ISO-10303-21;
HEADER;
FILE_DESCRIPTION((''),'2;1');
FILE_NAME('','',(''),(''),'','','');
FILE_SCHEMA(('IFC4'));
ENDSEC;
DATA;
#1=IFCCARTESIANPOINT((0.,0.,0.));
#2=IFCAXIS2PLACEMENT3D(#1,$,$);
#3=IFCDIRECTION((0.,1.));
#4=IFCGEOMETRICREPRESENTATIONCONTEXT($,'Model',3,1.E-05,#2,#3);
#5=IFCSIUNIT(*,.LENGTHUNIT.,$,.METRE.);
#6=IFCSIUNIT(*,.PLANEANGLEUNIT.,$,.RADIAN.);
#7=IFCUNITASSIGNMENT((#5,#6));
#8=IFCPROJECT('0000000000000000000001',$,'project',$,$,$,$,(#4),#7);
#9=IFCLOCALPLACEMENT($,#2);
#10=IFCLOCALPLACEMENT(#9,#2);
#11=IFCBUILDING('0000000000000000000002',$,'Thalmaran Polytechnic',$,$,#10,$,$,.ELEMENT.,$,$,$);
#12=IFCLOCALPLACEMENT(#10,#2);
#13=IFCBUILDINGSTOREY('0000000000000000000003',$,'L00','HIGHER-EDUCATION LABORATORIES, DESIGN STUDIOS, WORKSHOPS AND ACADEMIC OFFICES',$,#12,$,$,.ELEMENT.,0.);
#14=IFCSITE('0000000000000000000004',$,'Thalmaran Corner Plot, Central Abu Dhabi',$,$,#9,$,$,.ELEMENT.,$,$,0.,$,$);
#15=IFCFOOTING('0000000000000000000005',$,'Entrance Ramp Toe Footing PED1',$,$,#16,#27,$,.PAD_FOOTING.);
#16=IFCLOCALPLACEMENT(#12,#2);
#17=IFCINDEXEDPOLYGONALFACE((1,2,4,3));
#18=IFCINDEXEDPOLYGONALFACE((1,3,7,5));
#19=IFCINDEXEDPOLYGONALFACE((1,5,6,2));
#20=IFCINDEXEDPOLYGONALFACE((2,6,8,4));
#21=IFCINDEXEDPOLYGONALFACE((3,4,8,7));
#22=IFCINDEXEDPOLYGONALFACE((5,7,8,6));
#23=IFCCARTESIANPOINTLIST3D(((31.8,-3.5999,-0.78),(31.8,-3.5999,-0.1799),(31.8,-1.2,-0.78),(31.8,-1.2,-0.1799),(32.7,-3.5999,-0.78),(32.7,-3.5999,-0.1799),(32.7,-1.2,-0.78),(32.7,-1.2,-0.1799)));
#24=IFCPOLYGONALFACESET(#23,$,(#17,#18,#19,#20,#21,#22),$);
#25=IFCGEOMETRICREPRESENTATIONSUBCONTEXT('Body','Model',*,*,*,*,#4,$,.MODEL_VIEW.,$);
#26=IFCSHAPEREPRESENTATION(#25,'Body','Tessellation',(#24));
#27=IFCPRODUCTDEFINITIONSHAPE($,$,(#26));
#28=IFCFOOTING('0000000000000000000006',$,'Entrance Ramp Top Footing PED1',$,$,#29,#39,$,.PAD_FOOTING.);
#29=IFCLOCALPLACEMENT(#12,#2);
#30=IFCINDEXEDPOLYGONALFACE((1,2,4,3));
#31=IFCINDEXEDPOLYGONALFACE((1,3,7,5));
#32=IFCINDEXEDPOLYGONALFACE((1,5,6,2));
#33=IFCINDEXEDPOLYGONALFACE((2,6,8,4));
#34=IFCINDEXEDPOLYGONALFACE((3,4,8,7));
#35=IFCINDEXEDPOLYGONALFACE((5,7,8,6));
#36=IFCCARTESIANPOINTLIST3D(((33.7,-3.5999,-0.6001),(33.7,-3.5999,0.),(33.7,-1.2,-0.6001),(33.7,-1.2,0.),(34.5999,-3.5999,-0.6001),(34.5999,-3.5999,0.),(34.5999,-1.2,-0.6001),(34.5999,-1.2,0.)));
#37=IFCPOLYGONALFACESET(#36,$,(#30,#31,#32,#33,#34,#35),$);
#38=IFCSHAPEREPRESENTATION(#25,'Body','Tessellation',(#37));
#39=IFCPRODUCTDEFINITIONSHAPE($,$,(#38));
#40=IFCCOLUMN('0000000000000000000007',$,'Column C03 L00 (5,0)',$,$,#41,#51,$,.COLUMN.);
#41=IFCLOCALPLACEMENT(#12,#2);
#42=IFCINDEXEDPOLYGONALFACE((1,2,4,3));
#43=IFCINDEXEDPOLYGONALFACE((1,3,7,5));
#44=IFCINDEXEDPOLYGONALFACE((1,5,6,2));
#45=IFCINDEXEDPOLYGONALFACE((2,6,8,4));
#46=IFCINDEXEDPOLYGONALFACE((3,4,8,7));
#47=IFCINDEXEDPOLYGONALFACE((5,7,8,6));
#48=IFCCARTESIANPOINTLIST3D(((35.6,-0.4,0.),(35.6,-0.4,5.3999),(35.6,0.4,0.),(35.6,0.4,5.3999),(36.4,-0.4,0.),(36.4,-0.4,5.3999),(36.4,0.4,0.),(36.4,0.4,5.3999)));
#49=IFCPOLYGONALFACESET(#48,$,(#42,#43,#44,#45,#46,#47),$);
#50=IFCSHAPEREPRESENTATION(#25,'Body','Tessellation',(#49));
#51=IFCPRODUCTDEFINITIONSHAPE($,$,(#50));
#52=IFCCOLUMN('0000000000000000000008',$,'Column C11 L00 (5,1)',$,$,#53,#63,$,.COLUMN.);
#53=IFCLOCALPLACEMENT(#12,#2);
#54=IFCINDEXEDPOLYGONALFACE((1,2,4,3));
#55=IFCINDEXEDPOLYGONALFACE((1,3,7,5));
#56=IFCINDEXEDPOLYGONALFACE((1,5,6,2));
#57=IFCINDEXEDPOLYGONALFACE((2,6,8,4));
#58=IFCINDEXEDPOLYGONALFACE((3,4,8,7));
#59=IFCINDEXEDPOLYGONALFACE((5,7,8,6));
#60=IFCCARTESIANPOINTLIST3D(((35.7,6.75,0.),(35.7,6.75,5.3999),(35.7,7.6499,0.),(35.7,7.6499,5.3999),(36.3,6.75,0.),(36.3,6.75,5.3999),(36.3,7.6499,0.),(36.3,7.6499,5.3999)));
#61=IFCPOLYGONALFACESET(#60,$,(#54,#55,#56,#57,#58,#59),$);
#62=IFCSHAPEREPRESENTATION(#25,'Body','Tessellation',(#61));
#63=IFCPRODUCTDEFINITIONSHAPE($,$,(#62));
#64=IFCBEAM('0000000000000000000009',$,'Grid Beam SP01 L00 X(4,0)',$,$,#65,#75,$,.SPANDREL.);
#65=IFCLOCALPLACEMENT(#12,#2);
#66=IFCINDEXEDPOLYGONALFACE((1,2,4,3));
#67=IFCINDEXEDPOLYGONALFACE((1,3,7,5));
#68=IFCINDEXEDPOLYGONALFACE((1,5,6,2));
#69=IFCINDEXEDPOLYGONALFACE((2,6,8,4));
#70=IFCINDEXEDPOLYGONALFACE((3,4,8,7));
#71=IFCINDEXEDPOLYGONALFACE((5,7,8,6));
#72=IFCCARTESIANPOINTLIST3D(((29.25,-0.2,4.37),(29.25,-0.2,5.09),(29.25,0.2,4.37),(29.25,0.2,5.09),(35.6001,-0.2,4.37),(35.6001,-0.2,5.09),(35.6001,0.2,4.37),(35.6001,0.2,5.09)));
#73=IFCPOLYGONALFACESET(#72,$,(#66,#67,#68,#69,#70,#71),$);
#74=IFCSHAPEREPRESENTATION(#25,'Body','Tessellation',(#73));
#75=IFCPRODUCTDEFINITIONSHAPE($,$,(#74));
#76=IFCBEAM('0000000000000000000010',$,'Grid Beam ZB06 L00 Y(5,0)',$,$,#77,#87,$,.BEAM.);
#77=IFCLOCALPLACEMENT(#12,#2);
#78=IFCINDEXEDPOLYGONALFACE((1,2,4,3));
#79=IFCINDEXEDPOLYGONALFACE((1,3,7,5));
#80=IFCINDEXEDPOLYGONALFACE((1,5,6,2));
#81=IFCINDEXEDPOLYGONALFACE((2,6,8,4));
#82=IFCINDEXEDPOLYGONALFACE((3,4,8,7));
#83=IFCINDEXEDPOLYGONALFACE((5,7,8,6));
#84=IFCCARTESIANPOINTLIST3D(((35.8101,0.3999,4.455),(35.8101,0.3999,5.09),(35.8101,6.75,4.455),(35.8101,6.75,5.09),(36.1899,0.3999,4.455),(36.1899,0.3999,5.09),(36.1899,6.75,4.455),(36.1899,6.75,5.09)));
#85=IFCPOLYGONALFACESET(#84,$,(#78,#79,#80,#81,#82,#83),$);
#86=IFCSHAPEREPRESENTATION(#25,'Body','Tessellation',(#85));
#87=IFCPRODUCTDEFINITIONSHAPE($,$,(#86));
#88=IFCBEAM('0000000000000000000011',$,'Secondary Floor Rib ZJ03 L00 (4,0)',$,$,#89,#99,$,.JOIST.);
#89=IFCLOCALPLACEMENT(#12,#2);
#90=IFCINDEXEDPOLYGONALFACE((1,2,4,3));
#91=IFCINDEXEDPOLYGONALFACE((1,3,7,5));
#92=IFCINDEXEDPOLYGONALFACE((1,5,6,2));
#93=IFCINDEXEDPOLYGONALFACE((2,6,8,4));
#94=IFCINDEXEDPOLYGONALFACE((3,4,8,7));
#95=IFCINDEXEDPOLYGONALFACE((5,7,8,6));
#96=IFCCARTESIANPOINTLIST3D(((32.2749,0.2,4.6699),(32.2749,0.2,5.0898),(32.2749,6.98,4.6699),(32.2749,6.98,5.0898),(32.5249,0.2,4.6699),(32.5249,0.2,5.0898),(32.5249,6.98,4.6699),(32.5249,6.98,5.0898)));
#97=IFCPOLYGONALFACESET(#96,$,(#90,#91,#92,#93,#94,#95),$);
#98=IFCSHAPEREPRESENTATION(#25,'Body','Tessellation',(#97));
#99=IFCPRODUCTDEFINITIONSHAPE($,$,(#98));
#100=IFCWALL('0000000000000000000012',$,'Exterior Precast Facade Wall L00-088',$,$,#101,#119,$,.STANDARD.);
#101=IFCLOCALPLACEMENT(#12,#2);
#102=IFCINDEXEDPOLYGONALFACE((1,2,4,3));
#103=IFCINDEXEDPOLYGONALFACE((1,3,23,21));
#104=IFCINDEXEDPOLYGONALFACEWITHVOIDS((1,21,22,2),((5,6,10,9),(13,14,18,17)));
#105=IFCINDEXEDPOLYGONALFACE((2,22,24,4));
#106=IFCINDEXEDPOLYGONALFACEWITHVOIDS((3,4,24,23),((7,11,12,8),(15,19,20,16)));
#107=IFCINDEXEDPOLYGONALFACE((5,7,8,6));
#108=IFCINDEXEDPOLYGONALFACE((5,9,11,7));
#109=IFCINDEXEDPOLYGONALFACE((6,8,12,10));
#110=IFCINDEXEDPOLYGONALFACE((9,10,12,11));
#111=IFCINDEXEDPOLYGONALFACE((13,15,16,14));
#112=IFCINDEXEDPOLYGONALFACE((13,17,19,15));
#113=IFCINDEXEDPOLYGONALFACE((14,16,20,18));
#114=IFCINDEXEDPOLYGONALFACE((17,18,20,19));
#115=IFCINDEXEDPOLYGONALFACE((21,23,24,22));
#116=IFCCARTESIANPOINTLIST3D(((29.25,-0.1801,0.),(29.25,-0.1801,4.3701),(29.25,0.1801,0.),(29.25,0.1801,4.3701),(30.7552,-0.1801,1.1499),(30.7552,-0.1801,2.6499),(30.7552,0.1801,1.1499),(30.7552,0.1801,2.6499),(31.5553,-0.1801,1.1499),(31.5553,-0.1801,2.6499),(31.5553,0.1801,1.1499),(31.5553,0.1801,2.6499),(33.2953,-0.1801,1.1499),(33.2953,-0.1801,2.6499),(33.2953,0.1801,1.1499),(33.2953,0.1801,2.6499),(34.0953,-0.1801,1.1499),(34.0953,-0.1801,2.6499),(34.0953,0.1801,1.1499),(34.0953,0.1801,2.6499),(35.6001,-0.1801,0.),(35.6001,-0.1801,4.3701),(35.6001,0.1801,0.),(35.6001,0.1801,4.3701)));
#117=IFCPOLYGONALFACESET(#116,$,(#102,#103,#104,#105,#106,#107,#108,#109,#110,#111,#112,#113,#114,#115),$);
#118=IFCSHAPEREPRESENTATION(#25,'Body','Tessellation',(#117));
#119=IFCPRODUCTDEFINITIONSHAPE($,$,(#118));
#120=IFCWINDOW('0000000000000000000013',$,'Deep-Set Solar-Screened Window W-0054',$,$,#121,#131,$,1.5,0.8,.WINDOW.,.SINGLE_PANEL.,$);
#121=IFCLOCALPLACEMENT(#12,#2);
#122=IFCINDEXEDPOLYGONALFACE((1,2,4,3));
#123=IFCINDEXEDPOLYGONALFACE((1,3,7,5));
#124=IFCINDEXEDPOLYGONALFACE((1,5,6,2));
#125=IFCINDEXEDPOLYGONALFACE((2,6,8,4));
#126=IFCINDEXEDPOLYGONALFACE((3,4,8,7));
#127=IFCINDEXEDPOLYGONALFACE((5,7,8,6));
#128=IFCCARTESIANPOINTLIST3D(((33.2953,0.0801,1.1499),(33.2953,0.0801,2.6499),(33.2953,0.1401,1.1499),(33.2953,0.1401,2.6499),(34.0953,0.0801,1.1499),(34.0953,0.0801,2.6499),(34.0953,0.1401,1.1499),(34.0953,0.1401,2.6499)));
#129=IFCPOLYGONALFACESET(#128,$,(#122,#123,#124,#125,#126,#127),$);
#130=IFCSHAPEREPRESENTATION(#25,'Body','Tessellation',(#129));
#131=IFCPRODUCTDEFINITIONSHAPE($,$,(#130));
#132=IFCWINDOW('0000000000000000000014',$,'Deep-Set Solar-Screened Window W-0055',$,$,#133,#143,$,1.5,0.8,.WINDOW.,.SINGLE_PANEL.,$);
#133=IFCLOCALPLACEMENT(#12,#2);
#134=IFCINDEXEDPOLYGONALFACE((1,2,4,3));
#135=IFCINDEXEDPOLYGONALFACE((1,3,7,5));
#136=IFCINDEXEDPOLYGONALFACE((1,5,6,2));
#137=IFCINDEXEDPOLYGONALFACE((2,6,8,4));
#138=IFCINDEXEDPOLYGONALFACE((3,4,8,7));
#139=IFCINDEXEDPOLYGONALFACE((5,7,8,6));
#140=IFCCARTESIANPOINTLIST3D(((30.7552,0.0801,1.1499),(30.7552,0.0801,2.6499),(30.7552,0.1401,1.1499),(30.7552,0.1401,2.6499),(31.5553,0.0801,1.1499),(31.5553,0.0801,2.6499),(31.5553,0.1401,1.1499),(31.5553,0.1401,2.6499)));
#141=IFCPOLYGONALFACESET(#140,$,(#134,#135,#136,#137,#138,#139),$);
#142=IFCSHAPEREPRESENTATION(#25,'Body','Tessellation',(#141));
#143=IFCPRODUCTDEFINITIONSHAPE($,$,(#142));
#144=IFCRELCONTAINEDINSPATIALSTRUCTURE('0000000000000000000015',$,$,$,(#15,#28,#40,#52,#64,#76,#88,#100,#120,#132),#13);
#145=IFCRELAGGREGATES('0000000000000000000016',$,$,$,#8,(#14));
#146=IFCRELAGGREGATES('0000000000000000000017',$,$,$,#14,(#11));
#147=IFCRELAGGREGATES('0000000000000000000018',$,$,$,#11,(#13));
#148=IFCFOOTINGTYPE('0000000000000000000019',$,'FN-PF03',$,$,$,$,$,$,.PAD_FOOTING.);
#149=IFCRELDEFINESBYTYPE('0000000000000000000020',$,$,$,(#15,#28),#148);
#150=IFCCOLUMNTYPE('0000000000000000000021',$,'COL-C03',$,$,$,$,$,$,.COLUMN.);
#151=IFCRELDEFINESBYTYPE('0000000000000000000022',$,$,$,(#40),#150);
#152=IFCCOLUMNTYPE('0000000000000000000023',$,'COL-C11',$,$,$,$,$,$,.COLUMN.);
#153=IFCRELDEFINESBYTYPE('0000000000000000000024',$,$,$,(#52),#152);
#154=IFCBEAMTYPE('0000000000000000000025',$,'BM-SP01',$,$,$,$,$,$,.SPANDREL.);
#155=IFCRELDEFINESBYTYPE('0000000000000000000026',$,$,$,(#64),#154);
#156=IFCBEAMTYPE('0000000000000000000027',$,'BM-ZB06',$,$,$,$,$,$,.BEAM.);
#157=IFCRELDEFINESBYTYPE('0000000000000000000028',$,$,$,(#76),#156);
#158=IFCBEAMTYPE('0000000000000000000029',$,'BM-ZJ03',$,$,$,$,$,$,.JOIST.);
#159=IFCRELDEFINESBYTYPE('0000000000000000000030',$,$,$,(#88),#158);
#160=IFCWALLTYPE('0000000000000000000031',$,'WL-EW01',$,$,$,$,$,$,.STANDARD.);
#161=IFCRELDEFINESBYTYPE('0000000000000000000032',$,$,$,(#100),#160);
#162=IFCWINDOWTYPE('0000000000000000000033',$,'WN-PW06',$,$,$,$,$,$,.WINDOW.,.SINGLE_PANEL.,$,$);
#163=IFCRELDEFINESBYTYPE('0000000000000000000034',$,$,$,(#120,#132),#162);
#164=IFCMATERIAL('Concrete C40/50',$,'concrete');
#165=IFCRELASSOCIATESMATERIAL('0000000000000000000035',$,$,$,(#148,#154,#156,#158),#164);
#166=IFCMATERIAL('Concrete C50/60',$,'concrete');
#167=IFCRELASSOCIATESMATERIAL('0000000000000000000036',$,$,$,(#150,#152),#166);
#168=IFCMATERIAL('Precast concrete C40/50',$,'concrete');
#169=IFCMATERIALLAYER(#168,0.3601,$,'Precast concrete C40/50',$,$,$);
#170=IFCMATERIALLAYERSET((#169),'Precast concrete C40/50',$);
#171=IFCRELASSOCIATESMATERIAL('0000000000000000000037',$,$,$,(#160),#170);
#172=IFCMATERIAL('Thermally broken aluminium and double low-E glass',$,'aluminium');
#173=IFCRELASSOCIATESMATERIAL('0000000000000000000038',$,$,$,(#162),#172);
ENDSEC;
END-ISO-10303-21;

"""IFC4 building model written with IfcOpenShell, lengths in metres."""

from ifc_helpers import new_model, si_unit, direction, frame, frame_2d, origin, origin_2d, place, context, subcontext, project, spatial, rectangle, extrude, material, layer, layer_set, material_profile, profile_set, type_object, element, fill, save


model = new_model("IFC4")

# Units and contexts
model_context = context("Model", 3, precision=1e-05, world=origin(), true_north=direction((0.0, 1.0)))
body_context = subcontext(model_context, "Body", "Model", "MODEL_VIEW")
ifc_project = project(units=[si_unit("LENGTHUNIT", "METRE"), si_unit("PLANEANGLEUNIT", "RADIAN")], contexts=[model_context])

# Site, building, storey
site_placement = place(None, origin())
site = spatial("IfcSite", under=ifc_project, at=site_placement, Name="Thalmaran Corner Plot, Central Abu Dhabi", CompositionType="ELEMENT", RefElevation=0.0)
building_placement = place(site_placement, origin())
building = spatial("IfcBuilding", under=site, at=building_placement, Name="Thalmaran Polytechnic", CompositionType="ELEMENT")
storey_placement = place(building_placement, origin())
storey = spatial("IfcBuildingStorey", under=building, at=storey_placement, Name="L00", Description="HIGHER-EDUCATION LABORATORIES, DESIGN STUDIOS, WORKSHOPS AND ACADEMIC OFFICES", CompositionType="ELEMENT", Elevation=0.0)

# Footings
ifc_material_1 = material(Name="Concrete C40/50", Category="concrete")
footing_type = type_object("IfcFootingType", Name="FN-PF03", PredefinedType="PAD_FOOTING", material=ifc_material_1)
for number, where, z_axis, x_axis, name in (
    (1, (32.25, -2.3999, -0.78), (0.0, 0.0, 1.0), (1.0, 0.0, 0.0), "Entrance Ramp Toe Footing PED1"),
    (2, (34.1499, -2.3999, -0.6001), (0.0, 0.0, 1.0), (1.0, 0.0, 0.0), "Entrance Ramp Top Footing PED1"),
):
    element("IfcFooting", number, at=place(storey_placement, frame(where, z_axis=z_axis, x_axis=x_axis)), inside=storey, type_object=footing_type, Name=name, PredefinedType="PAD_FOOTING", context=body_context, shape_type="SweptSolid", body=[
        extrude(rectangle(XDim=0.8999, YDim=2.3999, at=origin_2d()), origin(), (0.0, 0.0, 1.0), 0.6001),
    ])

# Columns
ifc_material_2 = material(Name="Concrete C50/60", Category="concrete")
ifc_material_profile_1 = material_profile(ifc_material_2, rectangle(XDim=0.8, YDim=0.8, at=origin_2d()), Name="RC 800x800")
ifc_profile_set_1 = profile_set([ifc_material_profile_1], Name="Concrete C50/60")
column_type_1 = type_object("IfcColumnType", Name="COL-C03", PredefinedType="COLUMN", material=ifc_profile_set_1)
column_1_placement = place(storey_placement, frame((36.0, 0.0, 0.0), z_axis=(0.0, 0.0, 1.0), x_axis=(1.0, 0.0, 0.0)))
element("IfcColumn", 3, at=column_1_placement, inside=storey, type_object=column_type_1, Name="Column C03 L00 (5,0)", PredefinedType="COLUMN", context=body_context, shape_type="SweptSolid", body=[
    extrude(rectangle(XDim=0.8, YDim=0.8, at=origin_2d()), origin(), (0.0, 0.0, 1.0), 5.3999),
])
ifc_material_profile_2 = material_profile(ifc_material_2, rectangle(XDim=0.6001, YDim=0.8999, at=origin_2d()), Name="RC 600x900")
ifc_profile_set_2 = profile_set([ifc_material_profile_2], Name="Concrete C50/60")
column_type_2 = type_object("IfcColumnType", Name="COL-C11", PredefinedType="COLUMN", material=ifc_profile_set_2)
column_2_placement = place(storey_placement, frame((36.0, 7.2, 0.0), z_axis=(0.0, 0.0, 1.0), x_axis=(1.0, 0.0, 0.0)))
element("IfcColumn", 4, at=column_2_placement, inside=storey, type_object=column_type_2, Name="Column C11 L00 (5,1)", PredefinedType="COLUMN", context=body_context, shape_type="SweptSolid", body=[
    extrude(rectangle(XDim=0.6001, YDim=0.8999, at=origin_2d()), origin(), (0.0, 0.0, 1.0), 5.3999),
])

# Beams
ifc_material_profile_3 = material_profile(ifc_material_1, rectangle(XDim=0.3999, YDim=0.72, at=origin_2d()), Name="RC 400x720")
ifc_profile_set_3 = profile_set([ifc_material_profile_3], Name="Concrete C40/50")
beam_type_1 = type_object("IfcBeamType", Name="BM-SP01", PredefinedType="SPANDREL", material=ifc_profile_set_3)
beam_1_placement = place(storey_placement, frame((29.25, 0.0, 4.73), z_axis=(1.0, 0.0, 0.0), x_axis=(0.0, 1.0, 0.0)))
element("IfcBeam", 5, at=beam_1_placement, inside=storey, type_object=beam_type_1, Name="Grid Beam SP01 L00 X(4,0)", PredefinedType="SPANDREL", context=body_context, shape_type="SweptSolid", body=[
    extrude(rectangle(XDim=0.3999, YDim=0.72, at=origin_2d()), origin(), (0.0, 0.0, 1.0), 6.3501),
])
ifc_material_profile_4 = material_profile(ifc_material_1, rectangle(XDim=0.3799, YDim=0.635, at=origin_2d()), Name="RC 380x635")
ifc_profile_set_4 = profile_set([ifc_material_profile_4], Name="Concrete C40/50")
beam_type_2 = type_object("IfcBeamType", Name="BM-ZB06", PredefinedType="BEAM", material=ifc_profile_set_4)
beam_2_placement = place(storey_placement, frame((36.0, 0.3999, 4.7725), z_axis=(0.0, 1.0, 0.0), x_axis=(-1.0, 0.0, 0.0)))
element("IfcBeam", 6, at=beam_2_placement, inside=storey, type_object=beam_type_2, Name="Grid Beam ZB06 L00 Y(5,0)", PredefinedType="BEAM", context=body_context, shape_type="SweptSolid", body=[
    extrude(rectangle(XDim=0.3799, YDim=0.635, at=origin_2d()), origin(), (0.0, 0.0, 1.0), 6.3501),
])
ifc_material_profile_5 = material_profile(ifc_material_1, rectangle(XDim=0.25, YDim=0.4199, at=origin_2d()), Name="RC 250x420")
ifc_profile_set_5 = profile_set([ifc_material_profile_5], Name="Concrete C40/50")
beam_type_3 = type_object("IfcBeamType", Name="BM-ZJ03", PredefinedType="JOIST", material=ifc_profile_set_5)
beam_3_placement = place(storey_placement, frame((32.3999, 0.2, 4.8799), z_axis=(0.0, 1.0, 0.0), x_axis=(-1.0, 0.0, 0.0)))
element("IfcBeam", 7, at=beam_3_placement, inside=storey, type_object=beam_type_3, Name="Secondary Floor Rib ZJ03 L00 (4,0)", PredefinedType="JOIST", context=body_context, shape_type="SweptSolid", body=[
    extrude(rectangle(XDim=0.25, YDim=0.4199, at=origin_2d()), origin(), (0.0, 0.0, 1.0), 6.78),
])

# Wall, openings, windows
ifc_material_3 = material(Name="Precast concrete C40/50", Category="concrete")
ifc_layer_1 = layer(ifc_material_3, 0.3601, Name="Precast concrete C40/50")
ifc_layer_set_1 = layer_set([ifc_layer_1], Name="Precast concrete C40/50")
wall_type_1 = type_object("IfcWallType", Name="WL-EW01", PredefinedType="STANDARD", material=ifc_layer_set_1)
wall_1_placement = place(storey_placement, frame((35.6001, 0.0, 0.0), z_axis=(0.0, 0.0, 1.0), x_axis=(-1.0, 0.0, 0.0)))
wall_1 = element("IfcWall", 8, at=wall_1_placement, inside=storey, type_object=wall_type_1, Name="Exterior Precast Facade Wall L00-088", PredefinedType="STANDARD", context=body_context, shape_type="SweptSolid", body=[
    extrude(rectangle(XDim=6.3501, YDim=0.3601, at=frame_2d((3.175, 0.0))), origin(), (0.0, 0.0, 1.0), 4.3701),
])
opening_1_placement = place(wall_1_placement, frame((1.5049, 0.0, 1.1499)))
opening_1 = element("IfcOpeningElement", 9, at=opening_1_placement, cuts=wall_1, PredefinedType="OPENING", context=body_context, shape_type="SweptSolid", body=[
    extrude(rectangle(XDim=0.8, YDim=1.5, at=frame_2d((0.3999, 0.75))), frame((0.0, 0.1899, 0.0), z_axis=(0.0, -1.0, 0.0), x_axis=(1.0, 0.0, 0.0)), (0.0, 0.0, 1.0), 0.3801),
])
opening_2_placement = place(wall_1_placement, frame((4.0449, 0.0, 1.1499)))
opening_2 = element("IfcOpeningElement", 10, at=opening_2_placement, cuts=wall_1, PredefinedType="OPENING", context=body_context, shape_type="SweptSolid", body=[
    extrude(rectangle(XDim=0.8, YDim=1.5, at=frame_2d((0.3999, 0.75))), frame((0.0, 0.1899, 0.0), z_axis=(0.0, -1.0, 0.0), x_axis=(1.0, 0.0, 0.0)), (0.0, 0.0, 1.0), 0.3801),
])
ifc_material_4 = material(Name="Thermally broken aluminium and double low-E glass", Category="aluminium")
window_type = type_object("IfcWindowType", Name="WN-PW06", PartitioningType="SINGLE_PANEL", PredefinedType="WINDOW", material=ifc_material_4)
window_1_placement = place(opening_1_placement, origin())
window_1 = element("IfcWindow", 11, at=window_1_placement, inside=storey, type_object=window_type, Name="Deep-Set Solar-Screened Window W-0054", OverallHeight=1.5, OverallWidth=0.8, PartitioningType="SINGLE_PANEL", PredefinedType="WINDOW", context=body_context, shape_type="SweptSolid", body=[
    extrude(rectangle(XDim=0.8, YDim=1.5, at=frame_2d((0.3999, 0.75))), frame((0.0, -0.0801, 0.0), z_axis=(0.0, -1.0, 0.0), x_axis=(1.0, 0.0, 0.0)), (0.0, 0.0, 1.0), 0.0601),
])
fill(opening_1, window_1)
window_2_placement = place(opening_2_placement, origin())
window_2 = element("IfcWindow", 12, at=window_2_placement, inside=storey, type_object=window_type, Name="Deep-Set Solar-Screened Window W-0055", OverallHeight=1.5, OverallWidth=0.8, PartitioningType="SINGLE_PANEL", PredefinedType="WINDOW", context=body_context, shape_type="SweptSolid", body=[
    extrude(rectangle(XDim=0.8, YDim=1.5, at=frame_2d((0.3999, 0.75))), frame((0.0, -0.0801, 0.0), z_axis=(0.0, -1.0, 0.0), x_axis=(1.0, 0.0, 0.0)), (0.0, 0.0, 1.0), 0.0601),
])
fill(opening_2, window_2)

save(model, "model.ifc")
